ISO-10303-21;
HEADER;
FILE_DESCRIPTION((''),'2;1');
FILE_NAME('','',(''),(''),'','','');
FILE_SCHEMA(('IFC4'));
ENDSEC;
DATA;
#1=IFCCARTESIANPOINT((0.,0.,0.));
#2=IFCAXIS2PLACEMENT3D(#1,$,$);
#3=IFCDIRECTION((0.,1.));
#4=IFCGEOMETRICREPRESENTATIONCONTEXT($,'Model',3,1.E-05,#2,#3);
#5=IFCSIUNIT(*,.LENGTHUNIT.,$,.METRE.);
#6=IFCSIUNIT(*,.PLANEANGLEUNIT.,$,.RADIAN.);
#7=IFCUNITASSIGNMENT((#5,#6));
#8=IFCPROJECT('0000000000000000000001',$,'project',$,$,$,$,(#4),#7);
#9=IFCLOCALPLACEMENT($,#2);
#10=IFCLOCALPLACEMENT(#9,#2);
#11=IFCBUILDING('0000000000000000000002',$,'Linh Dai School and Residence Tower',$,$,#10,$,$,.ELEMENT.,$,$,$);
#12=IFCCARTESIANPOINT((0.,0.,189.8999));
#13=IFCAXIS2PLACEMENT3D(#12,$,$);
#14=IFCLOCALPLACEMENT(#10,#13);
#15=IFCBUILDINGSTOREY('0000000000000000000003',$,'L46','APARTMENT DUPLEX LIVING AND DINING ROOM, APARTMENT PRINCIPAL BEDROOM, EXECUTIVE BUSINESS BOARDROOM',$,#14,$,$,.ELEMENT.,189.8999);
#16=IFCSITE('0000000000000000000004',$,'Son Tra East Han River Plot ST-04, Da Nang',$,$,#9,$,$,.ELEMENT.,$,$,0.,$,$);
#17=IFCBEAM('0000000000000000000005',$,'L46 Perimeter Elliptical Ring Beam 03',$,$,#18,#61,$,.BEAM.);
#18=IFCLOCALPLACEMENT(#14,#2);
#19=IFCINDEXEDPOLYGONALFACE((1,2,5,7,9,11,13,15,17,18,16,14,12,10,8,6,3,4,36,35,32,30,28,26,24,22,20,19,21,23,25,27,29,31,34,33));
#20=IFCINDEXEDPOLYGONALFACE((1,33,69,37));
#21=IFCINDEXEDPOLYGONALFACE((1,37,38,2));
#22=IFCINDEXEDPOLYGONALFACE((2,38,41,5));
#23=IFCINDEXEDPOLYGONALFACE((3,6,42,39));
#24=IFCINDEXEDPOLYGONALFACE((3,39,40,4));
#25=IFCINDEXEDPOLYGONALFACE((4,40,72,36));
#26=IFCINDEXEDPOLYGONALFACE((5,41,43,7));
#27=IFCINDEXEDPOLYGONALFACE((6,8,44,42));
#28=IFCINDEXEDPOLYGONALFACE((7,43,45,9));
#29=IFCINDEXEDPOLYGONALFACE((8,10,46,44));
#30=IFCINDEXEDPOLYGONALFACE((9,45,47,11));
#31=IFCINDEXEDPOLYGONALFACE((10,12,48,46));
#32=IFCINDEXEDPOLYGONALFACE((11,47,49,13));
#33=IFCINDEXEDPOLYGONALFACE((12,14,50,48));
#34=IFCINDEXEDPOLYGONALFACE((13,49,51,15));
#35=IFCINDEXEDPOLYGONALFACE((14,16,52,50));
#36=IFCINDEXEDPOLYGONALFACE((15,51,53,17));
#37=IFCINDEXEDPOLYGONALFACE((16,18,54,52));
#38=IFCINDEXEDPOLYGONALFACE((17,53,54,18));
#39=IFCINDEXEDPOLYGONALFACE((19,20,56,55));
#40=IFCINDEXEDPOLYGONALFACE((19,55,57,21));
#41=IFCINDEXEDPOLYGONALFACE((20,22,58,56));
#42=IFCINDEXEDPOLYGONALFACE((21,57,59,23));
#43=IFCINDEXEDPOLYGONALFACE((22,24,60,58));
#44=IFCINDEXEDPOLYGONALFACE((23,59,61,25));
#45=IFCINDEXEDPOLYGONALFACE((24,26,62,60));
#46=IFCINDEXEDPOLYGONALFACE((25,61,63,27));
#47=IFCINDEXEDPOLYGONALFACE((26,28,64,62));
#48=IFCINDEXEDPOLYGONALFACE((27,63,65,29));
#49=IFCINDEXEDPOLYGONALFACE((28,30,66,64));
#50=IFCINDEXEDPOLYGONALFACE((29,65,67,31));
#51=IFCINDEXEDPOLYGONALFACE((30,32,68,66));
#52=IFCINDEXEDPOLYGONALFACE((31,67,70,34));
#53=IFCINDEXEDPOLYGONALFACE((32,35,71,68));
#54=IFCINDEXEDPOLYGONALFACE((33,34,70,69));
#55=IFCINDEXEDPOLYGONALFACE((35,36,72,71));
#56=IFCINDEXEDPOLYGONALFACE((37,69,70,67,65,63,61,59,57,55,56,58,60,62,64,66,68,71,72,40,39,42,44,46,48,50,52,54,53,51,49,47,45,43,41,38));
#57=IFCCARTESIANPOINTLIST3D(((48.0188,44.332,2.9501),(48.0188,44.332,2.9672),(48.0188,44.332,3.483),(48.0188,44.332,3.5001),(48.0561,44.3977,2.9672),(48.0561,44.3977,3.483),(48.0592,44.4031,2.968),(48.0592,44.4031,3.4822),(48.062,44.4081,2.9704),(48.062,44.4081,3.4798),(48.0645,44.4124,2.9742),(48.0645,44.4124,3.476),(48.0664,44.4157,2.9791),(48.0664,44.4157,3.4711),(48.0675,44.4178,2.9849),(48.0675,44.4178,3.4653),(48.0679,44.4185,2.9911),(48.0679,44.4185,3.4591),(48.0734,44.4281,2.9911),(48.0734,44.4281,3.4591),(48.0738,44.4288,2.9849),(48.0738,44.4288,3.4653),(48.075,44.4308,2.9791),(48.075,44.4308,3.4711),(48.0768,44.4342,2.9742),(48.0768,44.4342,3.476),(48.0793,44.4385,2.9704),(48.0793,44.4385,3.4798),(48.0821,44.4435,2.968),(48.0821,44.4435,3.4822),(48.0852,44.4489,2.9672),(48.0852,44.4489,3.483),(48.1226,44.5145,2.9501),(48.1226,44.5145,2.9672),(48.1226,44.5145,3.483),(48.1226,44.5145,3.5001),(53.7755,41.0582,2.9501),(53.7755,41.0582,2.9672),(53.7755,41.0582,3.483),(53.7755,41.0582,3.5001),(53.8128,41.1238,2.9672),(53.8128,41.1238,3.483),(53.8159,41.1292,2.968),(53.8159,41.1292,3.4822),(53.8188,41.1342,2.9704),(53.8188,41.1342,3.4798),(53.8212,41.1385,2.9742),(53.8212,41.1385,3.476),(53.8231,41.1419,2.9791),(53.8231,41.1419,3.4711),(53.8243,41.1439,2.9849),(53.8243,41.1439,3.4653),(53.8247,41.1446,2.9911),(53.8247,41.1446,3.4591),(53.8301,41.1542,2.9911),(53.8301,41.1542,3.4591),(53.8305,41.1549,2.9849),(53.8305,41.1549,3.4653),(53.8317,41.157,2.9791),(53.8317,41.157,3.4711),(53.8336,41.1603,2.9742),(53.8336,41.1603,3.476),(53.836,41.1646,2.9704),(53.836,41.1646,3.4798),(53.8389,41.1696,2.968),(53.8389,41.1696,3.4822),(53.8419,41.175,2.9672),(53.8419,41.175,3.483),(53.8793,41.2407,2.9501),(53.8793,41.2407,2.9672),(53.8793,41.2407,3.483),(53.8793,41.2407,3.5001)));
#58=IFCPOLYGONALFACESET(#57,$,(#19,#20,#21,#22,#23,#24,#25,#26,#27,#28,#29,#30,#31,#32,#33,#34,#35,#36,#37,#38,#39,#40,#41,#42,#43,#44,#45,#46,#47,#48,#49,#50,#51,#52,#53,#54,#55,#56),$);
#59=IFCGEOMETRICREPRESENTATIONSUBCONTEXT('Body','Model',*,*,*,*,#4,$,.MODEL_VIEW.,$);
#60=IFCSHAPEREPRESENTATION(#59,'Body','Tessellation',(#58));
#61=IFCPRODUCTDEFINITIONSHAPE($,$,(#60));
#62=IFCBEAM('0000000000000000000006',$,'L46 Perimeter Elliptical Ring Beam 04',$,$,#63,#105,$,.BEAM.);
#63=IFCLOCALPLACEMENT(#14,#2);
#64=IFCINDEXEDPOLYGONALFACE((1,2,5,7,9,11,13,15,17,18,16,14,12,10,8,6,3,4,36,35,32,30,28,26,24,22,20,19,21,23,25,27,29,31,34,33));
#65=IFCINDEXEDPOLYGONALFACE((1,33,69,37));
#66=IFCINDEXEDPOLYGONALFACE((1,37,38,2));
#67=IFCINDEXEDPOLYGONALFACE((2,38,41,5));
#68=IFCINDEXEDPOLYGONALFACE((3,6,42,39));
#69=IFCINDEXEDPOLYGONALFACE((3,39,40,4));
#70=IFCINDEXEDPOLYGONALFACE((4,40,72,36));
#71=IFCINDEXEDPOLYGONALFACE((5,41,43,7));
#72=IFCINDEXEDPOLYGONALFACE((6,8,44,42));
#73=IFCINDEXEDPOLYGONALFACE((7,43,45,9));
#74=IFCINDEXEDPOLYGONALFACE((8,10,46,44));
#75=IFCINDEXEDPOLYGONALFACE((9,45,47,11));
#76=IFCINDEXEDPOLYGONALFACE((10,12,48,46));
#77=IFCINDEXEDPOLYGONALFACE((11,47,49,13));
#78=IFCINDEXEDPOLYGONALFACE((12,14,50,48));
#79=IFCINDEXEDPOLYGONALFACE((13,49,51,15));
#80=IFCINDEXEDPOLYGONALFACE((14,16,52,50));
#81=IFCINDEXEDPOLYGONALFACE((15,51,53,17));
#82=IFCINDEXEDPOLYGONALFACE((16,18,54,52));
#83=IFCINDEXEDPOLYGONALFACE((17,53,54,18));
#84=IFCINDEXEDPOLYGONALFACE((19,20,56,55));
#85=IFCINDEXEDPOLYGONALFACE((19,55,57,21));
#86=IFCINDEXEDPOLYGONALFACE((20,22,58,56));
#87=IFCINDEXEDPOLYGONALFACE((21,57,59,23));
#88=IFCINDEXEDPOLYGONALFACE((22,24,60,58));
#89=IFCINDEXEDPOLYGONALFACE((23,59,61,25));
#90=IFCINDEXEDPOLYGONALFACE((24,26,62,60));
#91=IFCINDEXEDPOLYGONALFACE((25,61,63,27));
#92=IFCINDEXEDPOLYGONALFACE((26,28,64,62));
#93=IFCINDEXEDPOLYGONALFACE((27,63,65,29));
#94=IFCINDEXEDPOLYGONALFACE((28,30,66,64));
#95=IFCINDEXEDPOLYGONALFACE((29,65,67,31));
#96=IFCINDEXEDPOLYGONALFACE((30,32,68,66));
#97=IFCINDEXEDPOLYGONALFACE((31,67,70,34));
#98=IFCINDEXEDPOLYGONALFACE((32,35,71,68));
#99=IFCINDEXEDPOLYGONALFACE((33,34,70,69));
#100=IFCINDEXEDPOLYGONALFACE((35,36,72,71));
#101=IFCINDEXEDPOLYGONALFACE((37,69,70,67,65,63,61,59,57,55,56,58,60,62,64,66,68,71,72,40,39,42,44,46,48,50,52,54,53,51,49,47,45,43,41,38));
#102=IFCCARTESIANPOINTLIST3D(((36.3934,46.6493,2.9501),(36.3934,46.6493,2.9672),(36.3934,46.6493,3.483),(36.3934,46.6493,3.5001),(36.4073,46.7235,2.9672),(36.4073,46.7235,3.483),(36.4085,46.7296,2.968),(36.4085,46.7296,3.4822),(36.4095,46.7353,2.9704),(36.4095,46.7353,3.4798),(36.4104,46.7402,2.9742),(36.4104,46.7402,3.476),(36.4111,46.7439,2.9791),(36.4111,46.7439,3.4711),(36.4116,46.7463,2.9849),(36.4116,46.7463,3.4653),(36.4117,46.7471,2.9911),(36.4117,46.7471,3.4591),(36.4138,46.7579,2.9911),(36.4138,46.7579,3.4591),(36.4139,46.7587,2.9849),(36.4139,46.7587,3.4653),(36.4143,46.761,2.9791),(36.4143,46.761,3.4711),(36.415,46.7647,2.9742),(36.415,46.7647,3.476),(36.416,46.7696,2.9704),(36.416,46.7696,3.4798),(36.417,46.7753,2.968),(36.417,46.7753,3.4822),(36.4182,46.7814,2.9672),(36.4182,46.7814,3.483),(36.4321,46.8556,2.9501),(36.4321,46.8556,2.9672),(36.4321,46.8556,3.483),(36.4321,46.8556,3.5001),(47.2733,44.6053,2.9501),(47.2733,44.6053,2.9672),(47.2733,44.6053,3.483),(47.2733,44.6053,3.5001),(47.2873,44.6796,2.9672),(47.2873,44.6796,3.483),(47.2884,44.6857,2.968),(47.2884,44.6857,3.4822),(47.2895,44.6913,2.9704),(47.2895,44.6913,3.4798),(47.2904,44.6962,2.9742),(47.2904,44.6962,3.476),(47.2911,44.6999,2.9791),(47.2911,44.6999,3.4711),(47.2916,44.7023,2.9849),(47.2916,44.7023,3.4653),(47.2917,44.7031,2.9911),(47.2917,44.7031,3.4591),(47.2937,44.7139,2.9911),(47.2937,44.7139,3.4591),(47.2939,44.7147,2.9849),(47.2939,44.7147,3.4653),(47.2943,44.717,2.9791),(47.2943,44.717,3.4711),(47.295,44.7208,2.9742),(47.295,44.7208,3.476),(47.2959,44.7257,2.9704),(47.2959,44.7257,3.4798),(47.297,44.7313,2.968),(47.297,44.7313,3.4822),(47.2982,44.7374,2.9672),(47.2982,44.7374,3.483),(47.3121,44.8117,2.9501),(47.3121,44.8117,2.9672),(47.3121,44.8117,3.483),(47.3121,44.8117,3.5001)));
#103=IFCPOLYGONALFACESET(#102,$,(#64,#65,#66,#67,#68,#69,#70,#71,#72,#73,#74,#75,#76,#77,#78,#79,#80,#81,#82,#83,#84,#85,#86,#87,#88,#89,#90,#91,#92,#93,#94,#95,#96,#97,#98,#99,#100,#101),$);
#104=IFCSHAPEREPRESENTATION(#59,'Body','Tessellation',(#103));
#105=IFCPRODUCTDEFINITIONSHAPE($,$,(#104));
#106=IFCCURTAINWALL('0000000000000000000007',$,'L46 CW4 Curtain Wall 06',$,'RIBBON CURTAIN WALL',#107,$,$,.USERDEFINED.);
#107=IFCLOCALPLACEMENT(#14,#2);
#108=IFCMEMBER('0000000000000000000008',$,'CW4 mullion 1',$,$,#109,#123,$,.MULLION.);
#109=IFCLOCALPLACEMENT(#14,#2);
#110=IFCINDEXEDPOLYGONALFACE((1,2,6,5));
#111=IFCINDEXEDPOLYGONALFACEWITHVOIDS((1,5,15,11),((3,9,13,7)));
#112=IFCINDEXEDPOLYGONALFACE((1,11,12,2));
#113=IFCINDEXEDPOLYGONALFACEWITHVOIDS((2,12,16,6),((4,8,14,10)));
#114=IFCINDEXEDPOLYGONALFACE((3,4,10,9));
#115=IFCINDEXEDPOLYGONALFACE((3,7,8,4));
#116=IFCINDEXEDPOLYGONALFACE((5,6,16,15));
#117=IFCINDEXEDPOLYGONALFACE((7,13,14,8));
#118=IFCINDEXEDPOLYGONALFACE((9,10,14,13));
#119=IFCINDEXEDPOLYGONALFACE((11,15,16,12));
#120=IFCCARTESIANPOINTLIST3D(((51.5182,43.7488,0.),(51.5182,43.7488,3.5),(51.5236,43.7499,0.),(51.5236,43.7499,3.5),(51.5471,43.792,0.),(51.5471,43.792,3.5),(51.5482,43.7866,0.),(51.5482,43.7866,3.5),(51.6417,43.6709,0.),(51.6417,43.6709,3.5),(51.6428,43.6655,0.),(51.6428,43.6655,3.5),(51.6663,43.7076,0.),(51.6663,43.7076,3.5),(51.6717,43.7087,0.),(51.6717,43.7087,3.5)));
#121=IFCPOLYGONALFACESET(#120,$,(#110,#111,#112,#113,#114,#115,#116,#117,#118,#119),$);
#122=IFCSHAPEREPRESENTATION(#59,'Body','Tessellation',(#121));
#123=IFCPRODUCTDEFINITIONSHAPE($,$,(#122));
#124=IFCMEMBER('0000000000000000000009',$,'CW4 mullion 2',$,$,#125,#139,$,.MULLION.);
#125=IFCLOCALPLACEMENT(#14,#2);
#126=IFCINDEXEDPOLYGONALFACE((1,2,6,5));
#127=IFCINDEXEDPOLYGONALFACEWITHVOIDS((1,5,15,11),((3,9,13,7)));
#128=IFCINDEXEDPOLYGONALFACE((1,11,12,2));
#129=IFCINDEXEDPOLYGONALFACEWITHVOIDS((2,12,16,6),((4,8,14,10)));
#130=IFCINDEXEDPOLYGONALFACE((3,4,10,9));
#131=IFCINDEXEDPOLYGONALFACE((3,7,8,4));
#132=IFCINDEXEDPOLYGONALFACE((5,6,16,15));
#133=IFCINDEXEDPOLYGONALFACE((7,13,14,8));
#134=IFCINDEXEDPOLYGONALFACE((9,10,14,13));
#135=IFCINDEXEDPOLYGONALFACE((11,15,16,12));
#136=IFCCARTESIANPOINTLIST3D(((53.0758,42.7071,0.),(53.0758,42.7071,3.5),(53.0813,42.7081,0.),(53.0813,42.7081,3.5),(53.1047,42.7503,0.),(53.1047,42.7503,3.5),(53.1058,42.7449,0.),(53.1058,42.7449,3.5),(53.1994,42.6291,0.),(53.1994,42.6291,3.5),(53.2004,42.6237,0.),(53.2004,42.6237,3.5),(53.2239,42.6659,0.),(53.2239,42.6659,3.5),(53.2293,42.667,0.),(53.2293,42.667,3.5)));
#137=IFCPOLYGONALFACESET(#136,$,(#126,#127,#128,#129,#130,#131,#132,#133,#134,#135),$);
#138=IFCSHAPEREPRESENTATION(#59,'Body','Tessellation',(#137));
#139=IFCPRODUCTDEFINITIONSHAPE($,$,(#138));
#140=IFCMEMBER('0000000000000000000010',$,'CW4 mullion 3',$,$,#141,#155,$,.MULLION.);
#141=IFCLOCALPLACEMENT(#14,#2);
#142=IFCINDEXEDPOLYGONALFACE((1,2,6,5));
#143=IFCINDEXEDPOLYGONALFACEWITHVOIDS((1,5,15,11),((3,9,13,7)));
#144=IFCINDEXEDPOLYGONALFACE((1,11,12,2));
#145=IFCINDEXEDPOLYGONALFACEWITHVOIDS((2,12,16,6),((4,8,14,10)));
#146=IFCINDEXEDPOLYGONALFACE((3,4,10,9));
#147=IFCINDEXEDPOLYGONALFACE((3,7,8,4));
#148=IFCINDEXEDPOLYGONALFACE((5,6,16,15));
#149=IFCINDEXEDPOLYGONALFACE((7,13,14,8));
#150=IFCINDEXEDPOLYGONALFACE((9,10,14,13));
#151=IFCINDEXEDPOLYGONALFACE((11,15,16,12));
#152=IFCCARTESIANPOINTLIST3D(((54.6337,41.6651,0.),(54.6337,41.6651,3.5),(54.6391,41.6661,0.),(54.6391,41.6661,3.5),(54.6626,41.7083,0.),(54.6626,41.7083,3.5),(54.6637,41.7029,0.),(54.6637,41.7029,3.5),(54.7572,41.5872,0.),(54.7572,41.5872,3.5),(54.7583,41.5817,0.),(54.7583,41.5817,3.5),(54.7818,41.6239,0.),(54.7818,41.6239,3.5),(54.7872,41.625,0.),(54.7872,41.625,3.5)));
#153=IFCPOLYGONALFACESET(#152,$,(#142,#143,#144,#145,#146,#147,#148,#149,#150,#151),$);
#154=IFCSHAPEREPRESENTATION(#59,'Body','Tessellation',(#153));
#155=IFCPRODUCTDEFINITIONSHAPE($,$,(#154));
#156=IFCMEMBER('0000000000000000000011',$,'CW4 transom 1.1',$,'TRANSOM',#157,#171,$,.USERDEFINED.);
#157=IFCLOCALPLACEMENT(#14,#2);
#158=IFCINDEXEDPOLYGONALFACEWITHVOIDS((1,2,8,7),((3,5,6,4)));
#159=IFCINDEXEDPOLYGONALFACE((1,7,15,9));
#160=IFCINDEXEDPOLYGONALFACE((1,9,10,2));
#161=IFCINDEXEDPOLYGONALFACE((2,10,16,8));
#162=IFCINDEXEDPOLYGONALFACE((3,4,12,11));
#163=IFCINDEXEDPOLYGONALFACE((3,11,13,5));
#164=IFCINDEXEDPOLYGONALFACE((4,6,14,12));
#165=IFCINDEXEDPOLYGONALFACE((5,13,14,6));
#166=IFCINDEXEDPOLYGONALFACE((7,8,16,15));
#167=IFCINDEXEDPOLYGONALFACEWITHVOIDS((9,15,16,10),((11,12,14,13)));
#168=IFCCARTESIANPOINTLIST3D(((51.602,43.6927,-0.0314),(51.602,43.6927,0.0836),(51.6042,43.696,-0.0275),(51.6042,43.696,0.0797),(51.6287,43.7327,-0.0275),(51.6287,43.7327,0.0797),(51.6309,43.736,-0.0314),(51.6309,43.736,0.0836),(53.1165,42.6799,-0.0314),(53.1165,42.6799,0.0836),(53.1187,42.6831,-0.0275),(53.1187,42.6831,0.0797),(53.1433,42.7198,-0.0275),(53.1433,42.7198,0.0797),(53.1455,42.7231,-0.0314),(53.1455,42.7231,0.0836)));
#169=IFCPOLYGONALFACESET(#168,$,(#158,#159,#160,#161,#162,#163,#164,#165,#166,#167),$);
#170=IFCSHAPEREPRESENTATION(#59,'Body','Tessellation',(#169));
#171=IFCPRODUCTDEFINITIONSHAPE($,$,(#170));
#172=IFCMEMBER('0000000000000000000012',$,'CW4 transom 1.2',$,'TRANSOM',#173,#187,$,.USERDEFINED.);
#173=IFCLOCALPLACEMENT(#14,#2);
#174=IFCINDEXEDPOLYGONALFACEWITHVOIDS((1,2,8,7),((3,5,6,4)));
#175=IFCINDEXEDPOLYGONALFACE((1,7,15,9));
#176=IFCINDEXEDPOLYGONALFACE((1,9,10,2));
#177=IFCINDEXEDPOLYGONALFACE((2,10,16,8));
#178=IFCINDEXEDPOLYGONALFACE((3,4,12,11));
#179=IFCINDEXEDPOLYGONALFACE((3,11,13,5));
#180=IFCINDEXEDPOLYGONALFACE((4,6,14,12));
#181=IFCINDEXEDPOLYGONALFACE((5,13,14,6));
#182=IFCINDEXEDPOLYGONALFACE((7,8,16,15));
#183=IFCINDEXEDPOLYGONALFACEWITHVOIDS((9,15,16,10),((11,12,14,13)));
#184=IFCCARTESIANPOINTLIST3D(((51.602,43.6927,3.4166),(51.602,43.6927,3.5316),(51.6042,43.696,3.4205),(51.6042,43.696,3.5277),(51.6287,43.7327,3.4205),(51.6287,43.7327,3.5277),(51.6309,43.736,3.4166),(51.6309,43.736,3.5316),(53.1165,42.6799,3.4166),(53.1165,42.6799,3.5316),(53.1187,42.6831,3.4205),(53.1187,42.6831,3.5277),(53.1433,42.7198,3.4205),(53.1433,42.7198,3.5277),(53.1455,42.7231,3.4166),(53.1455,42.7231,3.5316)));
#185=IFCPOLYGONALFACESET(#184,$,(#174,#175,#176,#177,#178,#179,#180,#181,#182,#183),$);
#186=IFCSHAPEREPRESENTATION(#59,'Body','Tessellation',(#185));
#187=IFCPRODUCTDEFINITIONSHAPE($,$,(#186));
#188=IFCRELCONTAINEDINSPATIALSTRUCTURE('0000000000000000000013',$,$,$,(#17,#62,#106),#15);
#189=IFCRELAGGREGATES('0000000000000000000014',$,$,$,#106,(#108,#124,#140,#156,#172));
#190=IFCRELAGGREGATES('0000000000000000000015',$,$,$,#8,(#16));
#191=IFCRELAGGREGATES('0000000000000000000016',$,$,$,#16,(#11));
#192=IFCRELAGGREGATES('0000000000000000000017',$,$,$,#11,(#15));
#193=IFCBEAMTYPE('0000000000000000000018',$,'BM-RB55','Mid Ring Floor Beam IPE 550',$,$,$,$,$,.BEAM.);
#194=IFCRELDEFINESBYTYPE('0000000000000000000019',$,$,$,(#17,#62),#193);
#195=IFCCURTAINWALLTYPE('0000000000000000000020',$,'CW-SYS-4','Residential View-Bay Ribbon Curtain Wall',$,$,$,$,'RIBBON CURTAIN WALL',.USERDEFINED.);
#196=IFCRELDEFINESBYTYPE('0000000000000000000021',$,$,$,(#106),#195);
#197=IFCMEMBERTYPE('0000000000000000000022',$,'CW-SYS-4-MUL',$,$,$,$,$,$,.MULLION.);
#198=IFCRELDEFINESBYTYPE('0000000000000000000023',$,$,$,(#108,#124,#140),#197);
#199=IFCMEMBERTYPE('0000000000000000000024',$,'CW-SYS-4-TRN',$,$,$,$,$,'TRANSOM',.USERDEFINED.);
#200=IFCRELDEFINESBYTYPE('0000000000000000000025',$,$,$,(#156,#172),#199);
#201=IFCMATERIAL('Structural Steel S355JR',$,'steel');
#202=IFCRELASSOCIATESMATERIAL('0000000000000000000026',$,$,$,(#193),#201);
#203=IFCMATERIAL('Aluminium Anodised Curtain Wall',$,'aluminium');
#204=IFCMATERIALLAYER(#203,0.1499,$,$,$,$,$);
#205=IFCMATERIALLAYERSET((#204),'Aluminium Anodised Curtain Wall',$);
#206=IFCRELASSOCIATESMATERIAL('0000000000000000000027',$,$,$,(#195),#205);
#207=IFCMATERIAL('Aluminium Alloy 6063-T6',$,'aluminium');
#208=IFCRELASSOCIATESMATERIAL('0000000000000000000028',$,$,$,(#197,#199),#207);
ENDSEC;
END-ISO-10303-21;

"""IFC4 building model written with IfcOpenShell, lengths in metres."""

from ifc_helpers import new_model, si_unit, direction, frame, origin, origin_2d, place, context, subcontext, project, spatial, hollow_rectangle, i_section, extrude, source, transform, mapped, material, layer, layer_set, material_profile, profile_set, type_object, element, aggregate, save


model = new_model("IFC4")

# Units and contexts
model_context = context("Model", 3, precision=1e-05, world=origin(), true_north=direction((0.0, 1.0)))
body_context = subcontext(model_context, "Body", "Model", "MODEL_VIEW")
ifc_project = project(units=[si_unit("LENGTHUNIT", "METRE"), si_unit("PLANEANGLEUNIT", "RADIAN")], contexts=[model_context])

# Site, building, storey
site_placement = place(None, origin())
site = spatial("IfcSite", under=ifc_project, at=site_placement, Name="Son Tra East Han River Plot ST-04, Da Nang", CompositionType="ELEMENT", RefElevation=0.0)
building_placement = place(site_placement, origin())
building = spatial("IfcBuilding", under=site, at=building_placement, Name="Linh Dai School and Residence Tower", CompositionType="ELEMENT")
storey_placement = place(building_placement, frame((0.0, 0.0, 189.8999)))
storey = spatial("IfcBuildingStorey", under=building, at=storey_placement, Name="L46", Description="APARTMENT DUPLEX LIVING AND DINING ROOM, APARTMENT PRINCIPAL BEDROOM, EXECUTIVE BUSINESS BOARDROOM", CompositionType="ELEMENT", Elevation=189.8999)

# Shared definitions
ifc_material_1 = material(Name="Structural Steel S355JR", Category="steel")

# Beams
ifc_material_profile_1 = material_profile(ifc_material_1, i_section(OverallWidth=0.21, OverallDepth=0.55, WebThickness=0.011, FlangeThickness=0.0171, FilletRadius=0.0239, at=origin_2d()), Name="IPE 550")
ifc_profile_set_1 = profile_set([ifc_material_profile_1], Name="Structural Steel S355JR")
beam_type = type_object("IfcBeamType", Name="BM-RB55", Description="Mid Ring Floor Beam IPE 550", PredefinedType="BEAM", material=ifc_profile_set_1)
beam_1_placement = place(storey_placement, frame((53.8274, 41.1494, 3.2251), z_axis=(-0.869262, 0.494351, 0.0), x_axis=(-0.494351, -0.869262, 0.0)))
element("IfcBeam", 1, at=beam_1_placement, inside=storey, type_object=beam_type, Name="L46 Perimeter Elliptical Ring Beam 03", PredefinedType="BEAM", context=body_context, shape_type="SweptSolid", body=[
    extrude(i_section(OverallWidth=0.21, OverallDepth=0.55, WebThickness=0.011, FlangeThickness=0.0171, FilletRadius=0.0239, at=origin_2d()), origin(), (0.0, 0.0, 1.0), 6.6226),
])
beam_2_placement = place(storey_placement, frame((47.2927, 44.7085, 3.2251), z_axis=(-0.982807, 0.184635, 0.0), x_axis=(-0.184635, -0.982807, 0.0)))
element("IfcBeam", 2, at=beam_2_placement, inside=storey, type_object=beam_type, Name="L46 Perimeter Elliptical Ring Beam 04", PredefinedType="BEAM", context=body_context, shape_type="SweptSolid", body=[
    extrude(i_section(OverallWidth=0.21, OverallDepth=0.55, WebThickness=0.011, FlangeThickness=0.0171, FilletRadius=0.0239, at=origin_2d()), origin(), (0.0, 0.0, 1.0), 11.0703),
])

# Curtain wall, members
ifc_material_2 = material(Name="Aluminium Anodised Curtain Wall", Category="aluminium")
ifc_layer_1 = layer(ifc_material_2, 0.1499)
ifc_layer_set_1 = layer_set([ifc_layer_1], Name="Aluminium Anodised Curtain Wall")
curtain_wall_type = type_object("IfcCurtainWallType", Name="CW-SYS-4", Description="Residential View-Bay Ribbon Curtain Wall", ElementType="RIBBON CURTAIN WALL", PredefinedType="USERDEFINED", material=ifc_layer_set_1)
curtain_wall_placement = place(storey_placement, origin())
curtain_wall = element("IfcCurtainWall", 3, at=curtain_wall_placement, inside=storey, type_object=curtain_wall_type, Name="L46 CW4 Curtain Wall 06", ObjectType="RIBBON CURTAIN WALL", PredefinedType="USERDEFINED")
ifc_material_3 = material(Name="Aluminium Alloy 6063-T6", Category="aluminium")
ifc_material_profile_2 = material_profile(ifc_material_3, hollow_rectangle(XDim=0.052, YDim=0.1499, WallThickness=0.0039, at=origin_2d()), Name="RHS 150x52x4")
ifc_profile_set_2 = profile_set([ifc_material_profile_2], Name="Aluminium Alloy 6063-T6")
member_type_1 = type_object("IfcMemberType", Name="CW-SYS-4-MUL", PredefinedType="MULLION", material=ifc_profile_set_2)
shared_shape_1 = source(origin(), body_context, "Body", "SweptSolid", [
    extrude(hollow_rectangle(XDim=0.052, YDim=0.1499, WallThickness=0.0039, at=origin_2d()), origin(), (0.0, 0.0, 1.0), 3.5),
])
member_1_placement = place(storey_placement, frame((51.595, 43.7288, 0.0), z_axis=(0.0, 0.0, 1.0), x_axis=(0.555931, 0.831228, 0.0)))
member_1 = element("IfcMember", 4, at=member_1_placement, type_object=member_type_1, Name="CW4 mullion 1", PredefinedType="MULLION", context=body_context, shape_type="MappedRepresentation", body=[
    mapped(shared_shape_1, transform((0.0, 0.0, 0.0), x_axis=(1.0, 0.0, 0.0), y_axis=(0.0, 1.0, 0.0), z_axis=(0.0, 0.0, 1.0), scale=1.0)),
])
member_2_placement = place(storey_placement, frame((53.1526, 42.687, 0.0), z_axis=(0.0, 0.0, 1.0), x_axis=(0.555931, 0.831228, 0.0)))
member_2 = element("IfcMember", 5, at=member_2_placement, type_object=member_type_1, Name="CW4 mullion 2", PredefinedType="MULLION", context=body_context, shape_type="MappedRepresentation", body=[
    mapped(shared_shape_1, transform((0.0, 0.0, 0.0), x_axis=(1.0, 0.0, 0.0), y_axis=(0.0, 1.0, 0.0), z_axis=(0.0, 0.0, 1.0), scale=1.0)),
])
member_3_placement = place(storey_placement, frame((54.7104, 41.645, 0.0), z_axis=(0.0, 0.0, 1.0), x_axis=(0.555931, 0.831228, 0.0)))
member_3 = element("IfcMember", 6, at=member_3_placement, type_object=member_type_1, Name="CW4 mullion 3", PredefinedType="MULLION", context=body_context, shape_type="MappedRepresentation", body=[
    mapped(shared_shape_1, transform((0.0, 0.0, 0.0), x_axis=(1.0, 0.0, 0.0), y_axis=(0.0, 1.0, 0.0), z_axis=(0.0, 0.0, 1.0), scale=1.0)),
])
ifc_material_profile_3 = material_profile(ifc_material_3, hollow_rectangle(XDim=0.052, YDim=0.115, WallThickness=0.0039, at=origin_2d()), Name="RHS 115x52x4")
ifc_profile_set_3 = profile_set([ifc_material_profile_3], Name="Aluminium Alloy 6063-T6")
member_type_2 = type_object("IfcMemberType", Name="CW-SYS-4-TRN", ElementType="TRANSOM", PredefinedType="USERDEFINED", material=ifc_profile_set_3)
shared_shape_2 = source(origin(), body_context, "Body", "SweptSolid", [
    extrude(hollow_rectangle(XDim=0.052, YDim=0.115, WallThickness=0.0039, at=origin_2d()), origin(), (0.0, 0.0, 1.0), 1.822),
])
member_4_placement = place(storey_placement, frame((51.6165, 43.7144, 0.0261), z_axis=(0.831246, -0.555905, 0.0), x_axis=(0.555905, 0.831246, 0.0)))
member_4 = element("IfcMember", 7, at=member_4_placement, type_object=member_type_2, Name="CW4 transom 1.1", ObjectType="TRANSOM", PredefinedType="USERDEFINED", context=body_context, shape_type="MappedRepresentation", body=[
    mapped(shared_shape_2, transform((0.0, 0.0, 0.0), x_axis=(1.0, 0.0, 0.0), y_axis=(0.0, 1.0, 0.0), z_axis=(0.0, 0.0, 1.0), scale=1.0)),
])
member_5_placement = place(storey_placement, frame((51.6165, 43.7144, 3.4741), z_axis=(0.831246, -0.555905, 0.0), x_axis=(0.555905, 0.831246, 0.0)))
member_5 = element("IfcMember", 8, at=member_5_placement, type_object=member_type_2, Name="CW4 transom 1.2", ObjectType="TRANSOM", PredefinedType="USERDEFINED", context=body_context, shape_type="MappedRepresentation", body=[
    mapped(shared_shape_2, transform((0.0, 0.0, 0.0), x_axis=(1.0, 0.0, 0.0), y_axis=(0.0, 1.0, 0.0), z_axis=(0.0, 0.0, 1.0), scale=1.0)),
])

aggregate(curtain_wall, [member_1, member_2, member_3, member_4, member_5])

save(model, "model.ifc")
